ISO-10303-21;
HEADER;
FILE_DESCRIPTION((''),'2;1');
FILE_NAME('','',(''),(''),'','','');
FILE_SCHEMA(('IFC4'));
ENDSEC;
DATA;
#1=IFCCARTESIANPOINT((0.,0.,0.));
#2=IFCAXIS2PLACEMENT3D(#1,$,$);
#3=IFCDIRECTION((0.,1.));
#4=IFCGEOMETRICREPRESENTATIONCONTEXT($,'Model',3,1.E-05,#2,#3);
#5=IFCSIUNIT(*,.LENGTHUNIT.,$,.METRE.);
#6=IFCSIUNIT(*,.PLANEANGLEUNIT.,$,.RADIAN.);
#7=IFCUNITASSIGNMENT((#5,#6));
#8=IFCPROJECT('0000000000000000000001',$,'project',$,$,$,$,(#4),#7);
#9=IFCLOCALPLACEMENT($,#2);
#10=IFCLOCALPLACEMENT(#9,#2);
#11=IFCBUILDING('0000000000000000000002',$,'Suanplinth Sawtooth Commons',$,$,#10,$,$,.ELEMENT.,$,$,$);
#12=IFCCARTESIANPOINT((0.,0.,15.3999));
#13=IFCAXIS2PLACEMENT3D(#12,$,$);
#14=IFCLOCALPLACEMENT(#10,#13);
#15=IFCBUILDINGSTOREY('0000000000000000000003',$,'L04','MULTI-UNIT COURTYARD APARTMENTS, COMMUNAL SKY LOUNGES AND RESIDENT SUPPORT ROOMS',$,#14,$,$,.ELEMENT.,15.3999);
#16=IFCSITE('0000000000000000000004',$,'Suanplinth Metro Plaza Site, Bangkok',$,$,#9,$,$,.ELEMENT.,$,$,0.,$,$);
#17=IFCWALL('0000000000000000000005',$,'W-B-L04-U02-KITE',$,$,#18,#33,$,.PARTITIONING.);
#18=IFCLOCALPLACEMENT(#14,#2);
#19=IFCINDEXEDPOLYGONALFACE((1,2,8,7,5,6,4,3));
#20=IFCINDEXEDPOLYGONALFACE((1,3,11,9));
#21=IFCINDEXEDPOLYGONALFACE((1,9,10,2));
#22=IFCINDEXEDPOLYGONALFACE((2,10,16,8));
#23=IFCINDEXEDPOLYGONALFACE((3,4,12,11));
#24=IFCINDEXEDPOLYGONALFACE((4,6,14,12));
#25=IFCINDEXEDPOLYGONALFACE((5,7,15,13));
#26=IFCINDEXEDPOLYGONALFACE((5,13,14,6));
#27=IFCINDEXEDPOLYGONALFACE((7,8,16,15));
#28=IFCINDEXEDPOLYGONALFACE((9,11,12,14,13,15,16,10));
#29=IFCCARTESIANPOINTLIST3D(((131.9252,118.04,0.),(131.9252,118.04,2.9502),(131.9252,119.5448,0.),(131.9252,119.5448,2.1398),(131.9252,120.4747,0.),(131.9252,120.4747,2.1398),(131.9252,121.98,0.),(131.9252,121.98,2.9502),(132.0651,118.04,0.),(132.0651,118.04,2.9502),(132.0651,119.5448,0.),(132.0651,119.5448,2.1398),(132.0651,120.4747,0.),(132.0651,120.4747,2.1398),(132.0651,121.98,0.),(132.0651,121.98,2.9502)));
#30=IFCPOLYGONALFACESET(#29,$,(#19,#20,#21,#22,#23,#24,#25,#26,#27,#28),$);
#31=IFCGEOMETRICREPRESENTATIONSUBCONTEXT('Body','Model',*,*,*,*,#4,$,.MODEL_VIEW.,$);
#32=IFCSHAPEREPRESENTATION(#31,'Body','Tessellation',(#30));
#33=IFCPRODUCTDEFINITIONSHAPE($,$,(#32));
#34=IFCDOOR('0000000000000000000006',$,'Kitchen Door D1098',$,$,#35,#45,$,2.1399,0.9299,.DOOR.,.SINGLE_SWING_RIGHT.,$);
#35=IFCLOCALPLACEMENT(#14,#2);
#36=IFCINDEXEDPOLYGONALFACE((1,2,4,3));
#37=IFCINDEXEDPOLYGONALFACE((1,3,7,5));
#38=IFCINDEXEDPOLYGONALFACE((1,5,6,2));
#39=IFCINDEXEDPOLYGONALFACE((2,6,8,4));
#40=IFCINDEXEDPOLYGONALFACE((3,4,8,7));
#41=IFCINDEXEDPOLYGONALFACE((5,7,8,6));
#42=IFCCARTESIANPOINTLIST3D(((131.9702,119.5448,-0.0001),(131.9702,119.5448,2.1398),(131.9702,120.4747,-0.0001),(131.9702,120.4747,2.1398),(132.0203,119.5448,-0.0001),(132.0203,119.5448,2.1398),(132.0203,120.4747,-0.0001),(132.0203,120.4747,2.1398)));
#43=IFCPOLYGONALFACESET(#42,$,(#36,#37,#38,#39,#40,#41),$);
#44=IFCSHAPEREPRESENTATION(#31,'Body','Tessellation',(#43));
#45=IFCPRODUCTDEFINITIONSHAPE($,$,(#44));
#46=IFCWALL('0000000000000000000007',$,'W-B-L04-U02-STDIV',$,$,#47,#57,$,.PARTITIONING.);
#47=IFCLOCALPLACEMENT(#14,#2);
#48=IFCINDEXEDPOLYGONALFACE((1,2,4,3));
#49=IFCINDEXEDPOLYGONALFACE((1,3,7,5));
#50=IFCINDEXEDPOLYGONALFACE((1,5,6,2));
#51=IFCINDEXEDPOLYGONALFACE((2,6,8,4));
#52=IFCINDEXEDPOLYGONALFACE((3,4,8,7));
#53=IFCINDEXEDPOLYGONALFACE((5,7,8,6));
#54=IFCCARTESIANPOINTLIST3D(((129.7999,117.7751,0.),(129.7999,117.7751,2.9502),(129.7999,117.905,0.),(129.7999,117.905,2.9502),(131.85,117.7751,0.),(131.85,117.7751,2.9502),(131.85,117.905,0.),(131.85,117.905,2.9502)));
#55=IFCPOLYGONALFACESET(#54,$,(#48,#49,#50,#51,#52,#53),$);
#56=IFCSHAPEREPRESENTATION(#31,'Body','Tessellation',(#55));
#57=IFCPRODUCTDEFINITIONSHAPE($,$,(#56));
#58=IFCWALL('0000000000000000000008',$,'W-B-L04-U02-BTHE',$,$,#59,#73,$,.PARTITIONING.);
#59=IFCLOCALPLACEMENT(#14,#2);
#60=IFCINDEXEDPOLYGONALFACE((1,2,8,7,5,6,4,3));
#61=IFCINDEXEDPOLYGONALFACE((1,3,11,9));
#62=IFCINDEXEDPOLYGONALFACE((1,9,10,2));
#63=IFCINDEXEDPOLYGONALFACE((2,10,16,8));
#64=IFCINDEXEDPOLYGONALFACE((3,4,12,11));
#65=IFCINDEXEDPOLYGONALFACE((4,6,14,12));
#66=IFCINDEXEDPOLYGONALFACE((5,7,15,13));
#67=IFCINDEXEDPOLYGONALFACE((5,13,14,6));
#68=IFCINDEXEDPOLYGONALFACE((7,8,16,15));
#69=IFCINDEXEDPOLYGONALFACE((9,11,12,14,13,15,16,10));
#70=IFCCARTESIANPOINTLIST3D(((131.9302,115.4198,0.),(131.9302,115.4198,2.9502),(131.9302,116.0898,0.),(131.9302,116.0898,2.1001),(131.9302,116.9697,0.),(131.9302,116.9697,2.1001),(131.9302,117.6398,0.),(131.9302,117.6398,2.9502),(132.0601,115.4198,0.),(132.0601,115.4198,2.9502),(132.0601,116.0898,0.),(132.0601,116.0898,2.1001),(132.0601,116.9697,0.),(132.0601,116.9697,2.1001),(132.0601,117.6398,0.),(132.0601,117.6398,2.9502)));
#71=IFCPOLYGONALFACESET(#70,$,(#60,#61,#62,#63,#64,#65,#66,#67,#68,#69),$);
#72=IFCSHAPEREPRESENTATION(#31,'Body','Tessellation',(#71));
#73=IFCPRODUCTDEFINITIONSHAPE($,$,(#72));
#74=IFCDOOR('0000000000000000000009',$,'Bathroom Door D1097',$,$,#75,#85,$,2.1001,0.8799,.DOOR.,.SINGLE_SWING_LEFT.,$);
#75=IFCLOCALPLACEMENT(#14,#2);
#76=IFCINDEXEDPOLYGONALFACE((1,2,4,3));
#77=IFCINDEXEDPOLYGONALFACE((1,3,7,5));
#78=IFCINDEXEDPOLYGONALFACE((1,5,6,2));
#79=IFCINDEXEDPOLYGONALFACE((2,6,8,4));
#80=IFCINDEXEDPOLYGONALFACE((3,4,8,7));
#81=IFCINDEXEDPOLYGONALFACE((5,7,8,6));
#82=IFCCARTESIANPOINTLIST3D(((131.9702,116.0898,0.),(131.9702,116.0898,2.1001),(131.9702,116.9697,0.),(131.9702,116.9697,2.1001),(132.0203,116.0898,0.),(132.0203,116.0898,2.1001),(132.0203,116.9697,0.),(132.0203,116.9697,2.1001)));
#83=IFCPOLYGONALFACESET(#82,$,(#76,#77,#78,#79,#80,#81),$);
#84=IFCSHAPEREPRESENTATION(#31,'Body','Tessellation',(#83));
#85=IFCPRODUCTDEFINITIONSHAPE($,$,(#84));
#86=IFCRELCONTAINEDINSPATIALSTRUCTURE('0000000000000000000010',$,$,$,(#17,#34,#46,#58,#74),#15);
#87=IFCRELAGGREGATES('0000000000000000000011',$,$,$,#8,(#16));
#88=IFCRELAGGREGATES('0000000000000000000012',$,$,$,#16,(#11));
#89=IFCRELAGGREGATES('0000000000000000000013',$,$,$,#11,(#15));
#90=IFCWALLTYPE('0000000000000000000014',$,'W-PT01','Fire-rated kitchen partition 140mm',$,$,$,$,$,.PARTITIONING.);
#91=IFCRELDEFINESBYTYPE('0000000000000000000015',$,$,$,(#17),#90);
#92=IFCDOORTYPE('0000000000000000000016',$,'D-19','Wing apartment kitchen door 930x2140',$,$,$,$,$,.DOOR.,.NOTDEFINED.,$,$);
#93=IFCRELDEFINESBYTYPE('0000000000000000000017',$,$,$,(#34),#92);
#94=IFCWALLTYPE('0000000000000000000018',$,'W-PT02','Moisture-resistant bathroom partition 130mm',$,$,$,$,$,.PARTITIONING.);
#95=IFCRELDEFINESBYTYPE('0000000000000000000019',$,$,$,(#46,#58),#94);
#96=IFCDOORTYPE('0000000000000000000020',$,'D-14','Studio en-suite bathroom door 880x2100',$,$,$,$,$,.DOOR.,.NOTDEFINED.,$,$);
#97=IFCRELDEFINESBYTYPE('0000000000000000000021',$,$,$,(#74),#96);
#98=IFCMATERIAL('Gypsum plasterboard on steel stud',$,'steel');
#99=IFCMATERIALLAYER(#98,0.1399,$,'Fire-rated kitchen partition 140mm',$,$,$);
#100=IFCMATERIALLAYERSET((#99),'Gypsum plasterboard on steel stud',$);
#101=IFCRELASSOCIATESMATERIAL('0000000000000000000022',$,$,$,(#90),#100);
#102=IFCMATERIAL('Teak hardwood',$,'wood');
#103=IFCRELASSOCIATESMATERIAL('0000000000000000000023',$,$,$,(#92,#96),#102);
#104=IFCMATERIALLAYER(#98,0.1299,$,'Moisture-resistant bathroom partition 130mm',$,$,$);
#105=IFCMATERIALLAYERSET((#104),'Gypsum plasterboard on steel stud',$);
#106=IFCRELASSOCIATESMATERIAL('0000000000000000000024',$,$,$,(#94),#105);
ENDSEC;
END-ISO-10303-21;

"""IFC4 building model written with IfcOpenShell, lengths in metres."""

from ifc_helpers import new_model, si_unit, direction, frame, frame_2d, origin, place, context, subcontext, project, spatial, rectangle, extrude, material, layer, layer_set, type_object, element, fill, save


model = new_model("IFC4")

# Units and contexts
model_context = context("Model", 3, precision=1e-05, world=origin(), true_north=direction((0.0, 1.0)))
body_context = subcontext(model_context, "Body", "Model", "MODEL_VIEW")
ifc_project = project(units=[si_unit("LENGTHUNIT", "METRE"), si_unit("PLANEANGLEUNIT", "RADIAN")], contexts=[model_context])

# Site, building, storey
site_placement = place(None, origin())
site = spatial("IfcSite", under=ifc_project, at=site_placement, Name="Suanplinth Metro Plaza Site, Bangkok", CompositionType="ELEMENT", RefElevation=0.0)
building_placement = place(site_placement, origin())
building = spatial("IfcBuilding", under=site, at=building_placement, Name="Suanplinth Sawtooth Commons", CompositionType="ELEMENT")
storey_placement = place(building_placement, frame((0.0, 0.0, 15.3999)))
storey = spatial("IfcBuildingStorey", under=building, at=storey_placement, Name="L04", Description="MULTI-UNIT COURTYARD APARTMENTS, COMMUNAL SKY LOUNGES AND RESIDENT SUPPORT ROOMS", CompositionType="ELEMENT", Elevation=15.3999)

# Wall, opening, door
ifc_material_1 = material(Name="Gypsum plasterboard on steel stud", Category="steel")
ifc_layer_1 = layer(ifc_material_1, 0.1399, Name="Fire-rated kitchen partition 140mm")
ifc_layer_set_1 = layer_set([ifc_layer_1], Name="Gypsum plasterboard on steel stud")
wall_type_1 = type_object("IfcWallType", Name="W-PT01", Description="Fire-rated kitchen partition 140mm", PredefinedType="PARTITIONING", material=ifc_layer_set_1)
wall_1_placement = place(storey_placement, frame((131.9951, 118.04, 0.0), z_axis=(0.0, 0.0, 1.0), x_axis=(0.0, 1.0, 0.0)))
wall_1 = element("IfcWall", 1, at=wall_1_placement, inside=storey, type_object=wall_type_1, Name="W-B-L04-U02-KITE", PredefinedType="PARTITIONING", context=body_context, shape_type="SweptSolid", body=[
    extrude(rectangle(XDim=3.9399, YDim=0.1399, at=frame_2d((1.97, 0.0))), origin(), (0.0, 0.0, 1.0), 2.9502),
])
opening_1_placement = place(wall_1_placement, frame((1.5049, 0.0, 0.0)))
opening_1 = element("IfcOpeningElement", 2, at=opening_1_placement, cuts=wall_1, PredefinedType="OPENING", context=body_context, shape_type="SweptSolid", body=[
    extrude(rectangle(XDim=0.9299, YDim=2.1399, at=frame_2d((0.4648, 1.0698))), frame((0.0, 0.085, 0.0), z_axis=(0.0, -1.0, 0.0), x_axis=(1.0, 0.0, 0.0)), (0.0, 0.0, 1.0), 0.1697),
])
ifc_material_2 = material(Name="Teak hardwood", Category="wood")
door_type_1 = type_object("IfcDoorType", Name="D-19", Description="Wing apartment kitchen door 930x2140", OperationType="NOTDEFINED", PredefinedType="DOOR", material=ifc_material_2)
door_1_placement = place(opening_1_placement, origin())
door_1 = element("IfcDoor", 3, at=door_1_placement, inside=storey, type_object=door_type_1, Name="Kitchen Door D1098", OperationType="SINGLE_SWING_RIGHT", OverallHeight=2.1399, OverallWidth=0.9299, PredefinedType="DOOR", context=body_context, shape_type="SweptSolid", body=[
    extrude(rectangle(XDim=0.9299, YDim=2.1399, at=frame_2d((0.4648, 1.0698))), frame((0.0, 0.0249, 0.0), z_axis=(0.0, -1.0, 0.0), x_axis=(1.0, 0.0, 0.0)), (0.0, 0.0, 1.0), 0.05),
])
fill(opening_1, door_1)

# Wall
ifc_layer_2 = layer(ifc_material_1, 0.1299, Name="Moisture-resistant bathroom partition 130mm")
ifc_layer_set_2 = layer_set([ifc_layer_2], Name="Gypsum plasterboard on steel stud")
wall_type_2 = type_object("IfcWallType", Name="W-PT02", Description="Moisture-resistant bathroom partition 130mm", PredefinedType="PARTITIONING", material=ifc_layer_set_2)
wall_2_placement = place(storey_placement, frame((129.8, 117.8401, 0.0), z_axis=(0.0, 0.0, 1.0), x_axis=(1.0, 0.0, 0.0)))
element("IfcWall", 4, at=wall_2_placement, inside=storey, type_object=wall_type_2, Name="W-B-L04-U02-STDIV", PredefinedType="PARTITIONING", context=body_context, shape_type="SweptSolid", body=[
    extrude(rectangle(XDim=2.05, YDim=0.1299, at=frame_2d((1.0249, 0.0))), origin(), (0.0, 0.0, 1.0), 2.9502),
])

# Wall, opening, door
wall_3_placement = place(storey_placement, frame((131.9951, 115.4199, 0.0), z_axis=(0.0, 0.0, 1.0), x_axis=(0.0, 1.0, 0.0)))
wall_3 = element("IfcWall", 5, at=wall_3_placement, inside=storey, type_object=wall_type_2, Name="W-B-L04-U02-BTHE", PredefinedType="PARTITIONING", context=body_context, shape_type="SweptSolid", body=[
    extrude(rectangle(XDim=2.22, YDim=0.1299, at=frame_2d((1.1099, 0.0))), origin(), (0.0, 0.0, 1.0), 2.9502),
])
opening_2_placement = place(wall_3_placement, frame((0.6699, 0.0, 0.0)))
opening_2 = element("IfcOpeningElement", 6, at=opening_2_placement, cuts=wall_3, PredefinedType="OPENING", context=body_context, shape_type="SweptSolid", body=[
    extrude(rectangle(XDim=0.8799, YDim=2.1001, at=frame_2d((0.4399, 1.05))), frame((0.0, 0.0798, 0.0), z_axis=(0.0, -1.0, 0.0), x_axis=(1.0, 0.0, 0.0)), (0.0, 0.0, 1.0), 0.1597),
])
door_type_2 = type_object("IfcDoorType", Name="D-14", Description="Studio en-suite bathroom door 880x2100", OperationType="NOTDEFINED", PredefinedType="DOOR", material=ifc_material_2)
door_2_placement = place(opening_2_placement, origin())
door_2 = element("IfcDoor", 7, at=door_2_placement, inside=storey, type_object=door_type_2, Name="Bathroom Door D1097", OperationType="SINGLE_SWING_LEFT", OverallHeight=2.1001, OverallWidth=0.8799, PredefinedType="DOOR", context=body_context, shape_type="SweptSolid", body=[
    extrude(rectangle(XDim=0.8799, YDim=2.1001, at=frame_2d((0.4399, 1.05))), frame((0.0, 0.0249, 0.0), z_axis=(0.0, -1.0, 0.0), x_axis=(1.0, 0.0, 0.0)), (0.0, 0.0, 1.0), 0.05),
])
fill(opening_2, door_2)

save(model, "model.ifc")
